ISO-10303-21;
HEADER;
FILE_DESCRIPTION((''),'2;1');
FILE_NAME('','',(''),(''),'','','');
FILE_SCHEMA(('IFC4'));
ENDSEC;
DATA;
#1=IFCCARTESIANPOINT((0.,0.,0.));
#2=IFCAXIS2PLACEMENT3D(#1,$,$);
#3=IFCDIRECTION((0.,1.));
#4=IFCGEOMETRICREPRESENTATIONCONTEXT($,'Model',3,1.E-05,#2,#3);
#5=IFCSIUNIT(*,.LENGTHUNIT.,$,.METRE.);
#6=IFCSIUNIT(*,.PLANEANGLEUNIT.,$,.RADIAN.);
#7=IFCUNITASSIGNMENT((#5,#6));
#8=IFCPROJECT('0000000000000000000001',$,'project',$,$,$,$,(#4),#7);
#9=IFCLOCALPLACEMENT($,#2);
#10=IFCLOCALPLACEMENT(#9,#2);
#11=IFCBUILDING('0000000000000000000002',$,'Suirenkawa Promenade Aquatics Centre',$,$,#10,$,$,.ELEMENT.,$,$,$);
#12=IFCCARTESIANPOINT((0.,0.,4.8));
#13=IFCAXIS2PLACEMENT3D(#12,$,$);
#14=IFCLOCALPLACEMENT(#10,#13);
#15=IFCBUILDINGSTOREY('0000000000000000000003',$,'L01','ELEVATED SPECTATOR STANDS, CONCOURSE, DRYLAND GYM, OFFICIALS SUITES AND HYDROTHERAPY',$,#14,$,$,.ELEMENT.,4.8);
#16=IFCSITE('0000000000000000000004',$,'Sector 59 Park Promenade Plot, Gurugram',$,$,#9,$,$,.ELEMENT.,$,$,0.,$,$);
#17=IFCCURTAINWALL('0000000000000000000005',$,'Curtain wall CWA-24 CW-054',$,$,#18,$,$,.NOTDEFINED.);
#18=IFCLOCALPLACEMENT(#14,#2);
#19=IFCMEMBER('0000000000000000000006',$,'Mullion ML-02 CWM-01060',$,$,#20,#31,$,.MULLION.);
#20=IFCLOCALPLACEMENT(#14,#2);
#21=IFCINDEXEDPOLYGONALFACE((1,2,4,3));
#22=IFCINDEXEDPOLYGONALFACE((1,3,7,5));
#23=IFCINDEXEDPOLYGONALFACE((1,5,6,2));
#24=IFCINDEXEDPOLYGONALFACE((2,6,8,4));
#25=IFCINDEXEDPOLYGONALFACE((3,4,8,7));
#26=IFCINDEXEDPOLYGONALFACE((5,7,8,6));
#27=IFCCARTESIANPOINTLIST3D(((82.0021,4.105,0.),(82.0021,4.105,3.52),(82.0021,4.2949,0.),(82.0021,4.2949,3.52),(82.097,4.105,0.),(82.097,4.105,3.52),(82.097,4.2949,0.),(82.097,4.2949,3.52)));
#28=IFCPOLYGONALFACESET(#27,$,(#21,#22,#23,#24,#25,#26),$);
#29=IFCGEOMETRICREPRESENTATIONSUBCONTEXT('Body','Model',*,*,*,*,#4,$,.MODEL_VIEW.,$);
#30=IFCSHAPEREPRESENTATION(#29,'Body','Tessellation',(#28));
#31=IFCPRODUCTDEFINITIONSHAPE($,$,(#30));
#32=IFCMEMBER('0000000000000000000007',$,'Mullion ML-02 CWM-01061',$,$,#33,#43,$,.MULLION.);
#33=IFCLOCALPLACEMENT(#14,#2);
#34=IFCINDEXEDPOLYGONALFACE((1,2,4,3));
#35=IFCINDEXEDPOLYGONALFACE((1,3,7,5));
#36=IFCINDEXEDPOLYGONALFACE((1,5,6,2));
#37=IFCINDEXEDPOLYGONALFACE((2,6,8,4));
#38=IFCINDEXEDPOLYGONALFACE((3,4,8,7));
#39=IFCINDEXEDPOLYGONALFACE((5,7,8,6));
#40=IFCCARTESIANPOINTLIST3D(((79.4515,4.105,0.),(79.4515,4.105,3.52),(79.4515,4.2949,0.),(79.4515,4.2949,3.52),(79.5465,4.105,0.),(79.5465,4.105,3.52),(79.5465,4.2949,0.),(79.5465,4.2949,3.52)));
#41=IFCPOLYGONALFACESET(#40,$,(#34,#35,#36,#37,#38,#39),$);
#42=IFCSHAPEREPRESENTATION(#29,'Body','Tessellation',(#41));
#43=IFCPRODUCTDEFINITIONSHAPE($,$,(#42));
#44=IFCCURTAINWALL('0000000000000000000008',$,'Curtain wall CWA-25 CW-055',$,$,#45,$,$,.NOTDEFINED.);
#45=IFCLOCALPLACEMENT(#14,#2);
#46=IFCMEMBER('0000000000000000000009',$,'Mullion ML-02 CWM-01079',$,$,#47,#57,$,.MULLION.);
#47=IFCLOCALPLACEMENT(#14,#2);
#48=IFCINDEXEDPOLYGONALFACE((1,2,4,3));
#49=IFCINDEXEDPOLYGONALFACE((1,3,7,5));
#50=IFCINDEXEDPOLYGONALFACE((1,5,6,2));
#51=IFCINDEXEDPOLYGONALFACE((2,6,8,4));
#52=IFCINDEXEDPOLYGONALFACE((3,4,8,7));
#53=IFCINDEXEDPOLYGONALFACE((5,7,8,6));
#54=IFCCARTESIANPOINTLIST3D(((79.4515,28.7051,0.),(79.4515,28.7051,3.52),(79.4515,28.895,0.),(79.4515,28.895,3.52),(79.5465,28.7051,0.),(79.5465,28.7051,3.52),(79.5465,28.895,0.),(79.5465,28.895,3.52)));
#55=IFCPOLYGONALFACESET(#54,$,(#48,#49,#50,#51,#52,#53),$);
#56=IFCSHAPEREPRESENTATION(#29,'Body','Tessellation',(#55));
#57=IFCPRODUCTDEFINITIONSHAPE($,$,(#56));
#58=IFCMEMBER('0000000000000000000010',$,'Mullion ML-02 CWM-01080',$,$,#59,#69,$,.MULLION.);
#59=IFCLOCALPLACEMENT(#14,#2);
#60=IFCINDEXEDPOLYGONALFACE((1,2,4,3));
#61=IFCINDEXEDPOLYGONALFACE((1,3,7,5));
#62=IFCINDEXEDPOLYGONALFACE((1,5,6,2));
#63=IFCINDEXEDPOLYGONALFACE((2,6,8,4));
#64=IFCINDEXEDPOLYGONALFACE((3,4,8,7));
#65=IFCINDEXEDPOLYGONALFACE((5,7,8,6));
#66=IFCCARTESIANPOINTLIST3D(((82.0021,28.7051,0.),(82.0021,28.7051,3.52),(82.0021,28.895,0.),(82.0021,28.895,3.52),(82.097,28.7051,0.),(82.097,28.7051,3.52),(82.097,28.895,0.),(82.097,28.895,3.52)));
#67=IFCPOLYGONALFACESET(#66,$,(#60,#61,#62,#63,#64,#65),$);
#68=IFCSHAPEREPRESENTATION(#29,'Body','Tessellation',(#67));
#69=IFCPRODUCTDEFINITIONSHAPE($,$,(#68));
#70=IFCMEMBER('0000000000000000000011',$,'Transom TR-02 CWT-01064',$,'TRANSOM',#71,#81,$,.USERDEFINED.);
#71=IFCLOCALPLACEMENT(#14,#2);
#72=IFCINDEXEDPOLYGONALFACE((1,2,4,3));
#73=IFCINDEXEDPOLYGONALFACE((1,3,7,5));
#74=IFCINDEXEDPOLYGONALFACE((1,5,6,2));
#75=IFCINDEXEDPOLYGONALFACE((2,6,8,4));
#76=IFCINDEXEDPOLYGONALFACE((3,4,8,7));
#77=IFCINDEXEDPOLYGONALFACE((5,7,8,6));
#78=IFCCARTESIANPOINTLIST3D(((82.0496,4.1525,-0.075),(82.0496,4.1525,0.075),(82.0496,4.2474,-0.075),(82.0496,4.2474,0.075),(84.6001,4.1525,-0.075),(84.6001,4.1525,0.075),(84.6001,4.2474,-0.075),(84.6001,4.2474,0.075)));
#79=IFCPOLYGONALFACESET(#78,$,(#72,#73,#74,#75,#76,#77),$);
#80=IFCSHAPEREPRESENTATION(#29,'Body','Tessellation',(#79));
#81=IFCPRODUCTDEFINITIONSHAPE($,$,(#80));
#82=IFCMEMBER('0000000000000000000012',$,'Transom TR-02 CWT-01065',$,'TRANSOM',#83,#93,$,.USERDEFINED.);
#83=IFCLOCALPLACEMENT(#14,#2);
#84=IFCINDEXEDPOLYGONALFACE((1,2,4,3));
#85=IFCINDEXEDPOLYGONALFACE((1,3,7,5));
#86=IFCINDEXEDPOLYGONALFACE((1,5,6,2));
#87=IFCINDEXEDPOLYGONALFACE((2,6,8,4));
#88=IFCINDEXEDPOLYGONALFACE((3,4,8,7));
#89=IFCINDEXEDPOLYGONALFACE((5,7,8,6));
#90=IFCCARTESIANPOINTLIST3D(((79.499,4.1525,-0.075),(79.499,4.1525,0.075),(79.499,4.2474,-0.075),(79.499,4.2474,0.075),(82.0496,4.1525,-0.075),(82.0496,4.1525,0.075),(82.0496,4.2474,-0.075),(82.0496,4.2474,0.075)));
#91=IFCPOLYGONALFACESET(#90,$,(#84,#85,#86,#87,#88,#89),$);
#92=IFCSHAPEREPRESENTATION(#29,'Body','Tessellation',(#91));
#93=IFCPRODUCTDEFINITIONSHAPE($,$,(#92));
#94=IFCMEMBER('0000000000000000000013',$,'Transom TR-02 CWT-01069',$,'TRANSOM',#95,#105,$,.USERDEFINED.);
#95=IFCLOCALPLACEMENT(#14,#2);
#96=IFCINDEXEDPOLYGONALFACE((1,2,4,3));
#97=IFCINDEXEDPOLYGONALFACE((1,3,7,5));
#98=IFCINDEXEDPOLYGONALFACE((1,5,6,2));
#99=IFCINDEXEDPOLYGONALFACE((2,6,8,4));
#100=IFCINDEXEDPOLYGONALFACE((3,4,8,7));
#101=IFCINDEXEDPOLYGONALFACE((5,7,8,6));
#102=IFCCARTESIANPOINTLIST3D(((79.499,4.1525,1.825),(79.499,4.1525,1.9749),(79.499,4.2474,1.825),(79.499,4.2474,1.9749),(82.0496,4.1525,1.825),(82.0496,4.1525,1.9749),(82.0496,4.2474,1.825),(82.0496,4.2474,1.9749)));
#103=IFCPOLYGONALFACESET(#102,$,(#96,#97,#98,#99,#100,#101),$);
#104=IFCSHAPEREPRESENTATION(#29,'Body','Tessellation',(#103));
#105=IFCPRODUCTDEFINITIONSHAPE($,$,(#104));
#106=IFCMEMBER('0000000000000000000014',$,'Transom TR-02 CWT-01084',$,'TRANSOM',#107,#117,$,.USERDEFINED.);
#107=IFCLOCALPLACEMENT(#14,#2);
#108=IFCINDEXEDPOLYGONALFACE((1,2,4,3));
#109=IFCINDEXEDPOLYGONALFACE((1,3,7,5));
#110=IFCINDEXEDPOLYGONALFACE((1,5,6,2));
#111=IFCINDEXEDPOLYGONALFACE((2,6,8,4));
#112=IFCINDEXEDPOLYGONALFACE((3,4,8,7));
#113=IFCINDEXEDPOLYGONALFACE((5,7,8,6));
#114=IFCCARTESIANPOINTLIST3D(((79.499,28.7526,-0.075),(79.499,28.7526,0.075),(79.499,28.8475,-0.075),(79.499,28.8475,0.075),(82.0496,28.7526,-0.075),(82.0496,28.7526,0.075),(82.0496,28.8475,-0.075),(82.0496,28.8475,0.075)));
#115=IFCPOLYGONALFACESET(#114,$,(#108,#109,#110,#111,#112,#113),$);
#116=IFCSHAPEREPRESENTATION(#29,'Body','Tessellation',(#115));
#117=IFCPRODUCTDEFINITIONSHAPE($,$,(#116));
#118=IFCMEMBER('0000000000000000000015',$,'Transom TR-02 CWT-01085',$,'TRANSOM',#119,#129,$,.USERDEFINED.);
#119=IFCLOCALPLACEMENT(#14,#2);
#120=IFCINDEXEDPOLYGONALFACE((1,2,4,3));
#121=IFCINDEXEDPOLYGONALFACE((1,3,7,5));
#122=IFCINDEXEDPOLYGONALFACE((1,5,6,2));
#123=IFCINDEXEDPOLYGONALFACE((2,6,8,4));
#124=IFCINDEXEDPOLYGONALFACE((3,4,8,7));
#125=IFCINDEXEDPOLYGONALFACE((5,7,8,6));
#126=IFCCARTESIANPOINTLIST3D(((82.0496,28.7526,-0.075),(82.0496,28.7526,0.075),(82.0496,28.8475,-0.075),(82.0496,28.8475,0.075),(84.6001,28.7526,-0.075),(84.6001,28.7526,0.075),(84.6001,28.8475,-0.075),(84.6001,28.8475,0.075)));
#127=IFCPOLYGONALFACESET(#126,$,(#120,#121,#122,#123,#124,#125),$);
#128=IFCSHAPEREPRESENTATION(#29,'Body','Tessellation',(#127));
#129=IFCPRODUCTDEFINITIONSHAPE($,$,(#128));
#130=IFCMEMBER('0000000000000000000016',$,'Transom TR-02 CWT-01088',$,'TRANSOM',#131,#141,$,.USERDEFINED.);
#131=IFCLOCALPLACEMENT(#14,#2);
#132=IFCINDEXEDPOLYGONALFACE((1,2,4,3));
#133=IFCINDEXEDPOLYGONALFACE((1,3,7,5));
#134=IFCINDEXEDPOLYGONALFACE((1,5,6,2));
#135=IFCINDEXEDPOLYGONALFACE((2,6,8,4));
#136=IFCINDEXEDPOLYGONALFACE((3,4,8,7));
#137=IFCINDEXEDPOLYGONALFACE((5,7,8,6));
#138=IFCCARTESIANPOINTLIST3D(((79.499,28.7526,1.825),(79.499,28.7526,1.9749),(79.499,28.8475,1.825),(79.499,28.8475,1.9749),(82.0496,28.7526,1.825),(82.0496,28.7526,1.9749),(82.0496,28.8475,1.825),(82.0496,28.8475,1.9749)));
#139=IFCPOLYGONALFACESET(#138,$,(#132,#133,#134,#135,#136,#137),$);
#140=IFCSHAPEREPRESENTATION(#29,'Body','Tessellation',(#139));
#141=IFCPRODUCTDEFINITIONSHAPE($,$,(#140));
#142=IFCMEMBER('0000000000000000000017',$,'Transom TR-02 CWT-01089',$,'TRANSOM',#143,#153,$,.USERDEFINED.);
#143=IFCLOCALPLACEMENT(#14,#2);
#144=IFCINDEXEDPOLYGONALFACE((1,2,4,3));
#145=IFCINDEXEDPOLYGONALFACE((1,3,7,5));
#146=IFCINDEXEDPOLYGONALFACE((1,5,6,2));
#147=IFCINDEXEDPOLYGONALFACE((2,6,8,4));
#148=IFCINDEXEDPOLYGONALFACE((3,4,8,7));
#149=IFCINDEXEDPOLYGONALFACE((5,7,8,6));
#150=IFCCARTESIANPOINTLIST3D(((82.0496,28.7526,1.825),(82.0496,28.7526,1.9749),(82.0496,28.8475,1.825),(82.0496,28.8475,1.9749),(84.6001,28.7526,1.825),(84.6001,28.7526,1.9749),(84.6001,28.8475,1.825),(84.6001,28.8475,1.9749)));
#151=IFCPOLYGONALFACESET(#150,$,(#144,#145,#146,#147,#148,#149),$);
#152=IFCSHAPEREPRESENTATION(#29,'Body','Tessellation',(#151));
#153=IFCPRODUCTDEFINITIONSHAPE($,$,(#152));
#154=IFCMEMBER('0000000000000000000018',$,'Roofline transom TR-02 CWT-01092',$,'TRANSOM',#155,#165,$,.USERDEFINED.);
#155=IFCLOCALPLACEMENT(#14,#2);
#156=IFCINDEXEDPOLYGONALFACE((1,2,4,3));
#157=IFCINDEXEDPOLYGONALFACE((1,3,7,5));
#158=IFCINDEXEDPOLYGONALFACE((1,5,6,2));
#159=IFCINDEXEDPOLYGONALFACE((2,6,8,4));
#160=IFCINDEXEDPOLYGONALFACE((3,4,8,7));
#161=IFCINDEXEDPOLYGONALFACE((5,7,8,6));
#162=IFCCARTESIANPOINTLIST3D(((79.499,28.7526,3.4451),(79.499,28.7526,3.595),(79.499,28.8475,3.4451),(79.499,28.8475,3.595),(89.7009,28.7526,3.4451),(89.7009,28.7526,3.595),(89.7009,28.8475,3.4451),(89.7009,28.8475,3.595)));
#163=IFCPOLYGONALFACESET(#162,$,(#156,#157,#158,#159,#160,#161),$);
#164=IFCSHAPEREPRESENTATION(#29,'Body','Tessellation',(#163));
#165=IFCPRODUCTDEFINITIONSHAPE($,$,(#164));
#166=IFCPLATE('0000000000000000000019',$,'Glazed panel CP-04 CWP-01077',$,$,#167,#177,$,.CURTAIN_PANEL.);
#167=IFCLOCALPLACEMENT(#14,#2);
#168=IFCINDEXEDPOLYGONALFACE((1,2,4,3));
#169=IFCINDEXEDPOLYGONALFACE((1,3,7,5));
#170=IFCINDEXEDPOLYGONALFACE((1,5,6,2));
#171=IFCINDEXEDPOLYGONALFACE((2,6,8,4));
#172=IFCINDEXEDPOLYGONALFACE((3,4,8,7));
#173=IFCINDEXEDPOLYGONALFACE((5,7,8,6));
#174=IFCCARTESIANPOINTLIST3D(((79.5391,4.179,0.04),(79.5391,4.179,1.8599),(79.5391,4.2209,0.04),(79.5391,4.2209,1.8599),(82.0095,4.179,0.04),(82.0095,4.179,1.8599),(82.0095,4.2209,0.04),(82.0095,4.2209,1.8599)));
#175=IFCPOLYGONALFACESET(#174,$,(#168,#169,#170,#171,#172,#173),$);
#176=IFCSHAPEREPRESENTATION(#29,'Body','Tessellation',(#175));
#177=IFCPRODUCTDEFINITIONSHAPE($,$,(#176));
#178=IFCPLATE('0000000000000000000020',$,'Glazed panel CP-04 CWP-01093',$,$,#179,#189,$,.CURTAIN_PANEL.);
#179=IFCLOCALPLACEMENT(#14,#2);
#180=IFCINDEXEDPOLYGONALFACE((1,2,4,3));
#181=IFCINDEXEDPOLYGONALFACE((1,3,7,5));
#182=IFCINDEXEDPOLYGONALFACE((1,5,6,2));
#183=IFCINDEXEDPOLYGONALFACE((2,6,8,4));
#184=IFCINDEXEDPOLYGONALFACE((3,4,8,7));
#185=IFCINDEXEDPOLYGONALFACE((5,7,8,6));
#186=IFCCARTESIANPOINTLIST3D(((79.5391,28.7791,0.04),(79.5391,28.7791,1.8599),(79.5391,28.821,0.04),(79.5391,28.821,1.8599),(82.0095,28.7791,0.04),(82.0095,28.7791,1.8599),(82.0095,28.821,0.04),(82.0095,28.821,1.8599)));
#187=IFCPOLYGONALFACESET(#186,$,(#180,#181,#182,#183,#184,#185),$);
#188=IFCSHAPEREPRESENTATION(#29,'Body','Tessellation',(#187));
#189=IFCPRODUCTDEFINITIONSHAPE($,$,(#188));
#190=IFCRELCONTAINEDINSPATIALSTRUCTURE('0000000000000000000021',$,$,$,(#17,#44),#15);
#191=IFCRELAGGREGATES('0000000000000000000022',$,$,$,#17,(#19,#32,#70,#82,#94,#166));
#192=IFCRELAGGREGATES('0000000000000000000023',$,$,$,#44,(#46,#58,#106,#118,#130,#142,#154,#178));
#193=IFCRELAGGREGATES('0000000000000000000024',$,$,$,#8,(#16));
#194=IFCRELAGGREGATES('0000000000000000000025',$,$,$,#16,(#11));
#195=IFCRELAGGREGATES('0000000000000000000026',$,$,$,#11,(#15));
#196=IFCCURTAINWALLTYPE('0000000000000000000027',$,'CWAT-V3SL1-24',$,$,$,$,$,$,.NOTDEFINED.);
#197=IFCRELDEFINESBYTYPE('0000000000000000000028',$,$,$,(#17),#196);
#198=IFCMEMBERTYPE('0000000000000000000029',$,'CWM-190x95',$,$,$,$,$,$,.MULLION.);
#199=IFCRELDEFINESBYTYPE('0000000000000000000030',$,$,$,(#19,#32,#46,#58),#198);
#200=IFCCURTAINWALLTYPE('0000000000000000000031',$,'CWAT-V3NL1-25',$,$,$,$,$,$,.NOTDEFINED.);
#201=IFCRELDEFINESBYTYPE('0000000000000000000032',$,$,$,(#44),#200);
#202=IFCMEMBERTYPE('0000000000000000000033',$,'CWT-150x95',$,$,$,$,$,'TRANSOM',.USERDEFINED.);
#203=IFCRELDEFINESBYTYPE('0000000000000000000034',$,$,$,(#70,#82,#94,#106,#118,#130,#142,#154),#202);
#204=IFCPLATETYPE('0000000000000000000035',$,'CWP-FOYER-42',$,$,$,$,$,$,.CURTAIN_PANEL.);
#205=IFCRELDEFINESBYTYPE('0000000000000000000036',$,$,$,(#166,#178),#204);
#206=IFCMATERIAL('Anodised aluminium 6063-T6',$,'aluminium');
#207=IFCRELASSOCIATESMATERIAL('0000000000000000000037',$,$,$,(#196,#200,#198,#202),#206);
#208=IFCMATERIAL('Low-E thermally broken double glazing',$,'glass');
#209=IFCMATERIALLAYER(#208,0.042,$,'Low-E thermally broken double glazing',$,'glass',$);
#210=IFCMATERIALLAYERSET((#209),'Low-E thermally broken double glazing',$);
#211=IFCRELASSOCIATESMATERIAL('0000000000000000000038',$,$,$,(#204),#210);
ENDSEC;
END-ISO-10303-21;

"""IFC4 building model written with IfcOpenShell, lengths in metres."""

from ifc_helpers import new_model, si_unit, direction, frame, origin, origin_2d, place, context, subcontext, project, spatial, polyline, rectangle, outline, extrude, material, layer, layer_set, material_profile, profile_set, type_object, element, aggregate, save


model = new_model("IFC4")

# Units and contexts
model_context = context("Model", 3, precision=1e-05, world=origin(), true_north=direction((0.0, 1.0)))
body_context = subcontext(model_context, "Body", "Model", "MODEL_VIEW")
ifc_project = project(units=[si_unit("LENGTHUNIT", "METRE"), si_unit("PLANEANGLEUNIT", "RADIAN")], contexts=[model_context])

# Site, building, storey
site_placement = place(None, origin())
site = spatial("IfcSite", under=ifc_project, at=site_placement, Name="Sector 59 Park Promenade Plot, Gurugram", CompositionType="ELEMENT", RefElevation=0.0)
building_placement = place(site_placement, origin())
building = spatial("IfcBuilding", under=site, at=building_placement, Name="Suirenkawa Promenade Aquatics Centre", CompositionType="ELEMENT")
storey_placement = place(building_placement, frame((0.0, 0.0, 4.8)))
storey = spatial("IfcBuildingStorey", under=building, at=storey_placement, Name="L01", Description="ELEVATED SPECTATOR STANDS, CONCOURSE, DRYLAND GYM, OFFICIALS SUITES AND HYDROTHERAPY", CompositionType="ELEMENT", Elevation=4.8)

# Curtain walls, members
ifc_material_1 = material(Name="Anodised aluminium 6063-T6", Category="aluminium")
curtain_wall_type_1 = type_object("IfcCurtainWallType", Name="CWAT-V3SL1-24", PredefinedType="NOTDEFINED", material=ifc_material_1)
curtain_wall_1_placement = place(storey_placement, origin())
curtain_wall_1 = element("IfcCurtainWall", 1, at=curtain_wall_1_placement, inside=storey, type_object=curtain_wall_type_1, Name="Curtain wall CWA-24 CW-054", PredefinedType="NOTDEFINED")
ifc_material_profile_1 = material_profile(ifc_material_1, rectangle(XDim=0.095, YDim=0.1899, at=origin_2d()), Name="ALU MULL 95x190", Category="aluminium")
ifc_profile_set_1 = profile_set([ifc_material_profile_1], Name="Anodised aluminium 6063-T6")
member_type_1 = type_object("IfcMemberType", Name="CWM-190x95", PredefinedType="MULLION", material=ifc_profile_set_1)
member_1_placement = place(storey_placement, frame((82.0496, 4.2, 0.0), z_axis=(0.0, 0.0, 1.0), x_axis=(-1.0, 0.0, 0.0)))
member_1 = element("IfcMember", 2, at=member_1_placement, type_object=member_type_1, Name="Mullion ML-02 CWM-01060", PredefinedType="MULLION", context=body_context, shape_type="SweptSolid", body=[
    extrude(rectangle(XDim=0.095, YDim=0.1899, at=origin_2d()), origin(), (0.0, 0.0, 1.0), 3.52),
])
member_2_placement = place(storey_placement, frame((79.499, 4.2, 0.0), z_axis=(0.0, 0.0, 1.0), x_axis=(-1.0, 0.0, 0.0)))
member_2 = element("IfcMember", 3, at=member_2_placement, type_object=member_type_1, Name="Mullion ML-02 CWM-01061", PredefinedType="MULLION", context=body_context, shape_type="SweptSolid", body=[
    extrude(rectangle(XDim=0.095, YDim=0.1899, at=origin_2d()), origin(), (0.0, 0.0, 1.0), 3.52),
])
curtain_wall_type_2 = type_object("IfcCurtainWallType", Name="CWAT-V3NL1-25", PredefinedType="NOTDEFINED", material=ifc_material_1)
curtain_wall_2_placement = place(storey_placement, origin())
curtain_wall_2 = element("IfcCurtainWall", 4, at=curtain_wall_2_placement, inside=storey, type_object=curtain_wall_type_2, Name="Curtain wall CWA-25 CW-055", PredefinedType="NOTDEFINED")
member_3_placement = place(storey_placement, frame((79.499, 28.8, 0.0), z_axis=(0.0, 0.0, 1.0), x_axis=(1.0, 0.0, 0.0)))
member_3 = element("IfcMember", 5, at=member_3_placement, type_object=member_type_1, Name="Mullion ML-02 CWM-01079", PredefinedType="MULLION", context=body_context, shape_type="SweptSolid", body=[
    extrude(rectangle(XDim=0.095, YDim=0.1899, at=origin_2d()), origin(), (0.0, 0.0, 1.0), 3.52),
])
member_4_placement = place(storey_placement, frame((82.0496, 28.8, 0.0), z_axis=(0.0, 0.0, 1.0), x_axis=(1.0, 0.0, 0.0)))
member_4 = element("IfcMember", 6, at=member_4_placement, type_object=member_type_1, Name="Mullion ML-02 CWM-01080", PredefinedType="MULLION", context=body_context, shape_type="SweptSolid", body=[
    extrude(rectangle(XDim=0.095, YDim=0.1899, at=origin_2d()), origin(), (0.0, 0.0, 1.0), 3.52),
])

# Members
ifc_material_profile_2 = material_profile(ifc_material_1, rectangle(XDim=0.095, YDim=0.1499, at=origin_2d()), Name="ALU TRAN 95x150", Category="aluminium")
ifc_profile_set_2 = profile_set([ifc_material_profile_2], Name="Anodised aluminium 6063-T6")
member_type_2 = type_object("IfcMemberType", Name="CWT-150x95", ElementType="TRANSOM", PredefinedType="USERDEFINED", material=ifc_profile_set_2)
member_5_placement = place(storey_placement, frame((84.6001, 4.2, 0.0), z_axis=(-1.0, 0.0, 0.0), x_axis=(0.0, -1.0, 0.0)))
member_5 = element("IfcMember", 7, at=member_5_placement, type_object=member_type_2, Name="Transom TR-02 CWT-01064", ObjectType="TRANSOM", PredefinedType="USERDEFINED", context=body_context, shape_type="SweptSolid", body=[
    extrude(rectangle(XDim=0.095, YDim=0.1499, at=origin_2d()), origin(), (0.0, 0.0, 1.0), 2.5505),
])
member_6_placement = place(storey_placement, frame((82.0496, 4.2, 0.0), z_axis=(-1.0, 0.0, 0.0), x_axis=(0.0, -1.0, 0.0)))
member_6 = element("IfcMember", 8, at=member_6_placement, type_object=member_type_2, Name="Transom TR-02 CWT-01065", ObjectType="TRANSOM", PredefinedType="USERDEFINED", context=body_context, shape_type="SweptSolid", body=[
    extrude(rectangle(XDim=0.095, YDim=0.1499, at=origin_2d()), origin(), (0.0, 0.0, 1.0), 2.5505),
])
member_7_placement = place(storey_placement, frame((82.0496, 4.2, 1.8999), z_axis=(-1.0, 0.0, 0.0), x_axis=(0.0, -1.0, 0.0)))
member_7 = element("IfcMember", 9, at=member_7_placement, type_object=member_type_2, Name="Transom TR-02 CWT-01069", ObjectType="TRANSOM", PredefinedType="USERDEFINED", context=body_context, shape_type="SweptSolid", body=[
    extrude(rectangle(XDim=0.095, YDim=0.1499, at=origin_2d()), origin(), (0.0, 0.0, 1.0), 2.5505),
])
member_8_placement = place(storey_placement, frame((79.499, 28.8, 0.0), z_axis=(1.0, 0.0, 0.0), x_axis=(0.0, 1.0, 0.0)))
member_8 = element("IfcMember", 10, at=member_8_placement, type_object=member_type_2, Name="Transom TR-02 CWT-01084", ObjectType="TRANSOM", PredefinedType="USERDEFINED", context=body_context, shape_type="SweptSolid", body=[
    extrude(rectangle(XDim=0.095, YDim=0.1499, at=origin_2d()), origin(), (0.0, 0.0, 1.0), 2.5505),
])
member_9_placement = place(storey_placement, frame((82.0496, 28.8, 0.0), z_axis=(1.0, 0.0, 0.0), x_axis=(0.0, 1.0, 0.0)))
member_9 = element("IfcMember", 11, at=member_9_placement, type_object=member_type_2, Name="Transom TR-02 CWT-01085", ObjectType="TRANSOM", PredefinedType="USERDEFINED", context=body_context, shape_type="SweptSolid", body=[
    extrude(rectangle(XDim=0.095, YDim=0.1499, at=origin_2d()), origin(), (0.0, 0.0, 1.0), 2.5505),
])
member_10_placement = place(storey_placement, frame((79.499, 28.8, 1.8999), z_axis=(1.0, 0.0, 0.0), x_axis=(0.0, 1.0, 0.0)))
member_10 = element("IfcMember", 12, at=member_10_placement, type_object=member_type_2, Name="Transom TR-02 CWT-01088", ObjectType="TRANSOM", PredefinedType="USERDEFINED", context=body_context, shape_type="SweptSolid", body=[
    extrude(rectangle(XDim=0.095, YDim=0.1499, at=origin_2d()), origin(), (0.0, 0.0, 1.0), 2.5505),
])
member_11_placement = place(storey_placement, frame((82.0496, 28.8, 1.8999), z_axis=(1.0, 0.0, 0.0), x_axis=(0.0, 1.0, 0.0)))
member_11 = element("IfcMember", 13, at=member_11_placement, type_object=member_type_2, Name="Transom TR-02 CWT-01089", ObjectType="TRANSOM", PredefinedType="USERDEFINED", context=body_context, shape_type="SweptSolid", body=[
    extrude(rectangle(XDim=0.095, YDim=0.1499, at=origin_2d()), origin(), (0.0, 0.0, 1.0), 2.5505),
])
member_12_placement = place(storey_placement, frame((79.499, 28.8, 3.52), z_axis=(1.0, 0.0, 0.0), x_axis=(0.0, 1.0, 0.0)))
member_12 = element("IfcMember", 14, at=member_12_placement, type_object=member_type_2, Name="Roofline transom TR-02 CWT-01092", ObjectType="TRANSOM", PredefinedType="USERDEFINED", context=body_context, shape_type="SweptSolid", body=[
    extrude(rectangle(XDim=0.095, YDim=0.1499, at=origin_2d()), origin(), (0.0, 0.0, 1.0), 10.2019),
])

# Plates
ifc_material_2 = material(Name="Low-E thermally broken double glazing", Category="glass")
ifc_layer_1 = layer(ifc_material_2, 0.042, Name="Low-E thermally broken double glazing", Category="glass")
ifc_layer_set_1 = layer_set([ifc_layer_1], Name="Low-E thermally broken double glazing")
plate_type_1 = type_object("IfcPlateType", Name="CWP-FOYER-42", PredefinedType="CURTAIN_PANEL", material=ifc_layer_set_1)
plate_1_placement = place(storey_placement, frame((82.0496, 4.2, 0.04), z_axis=(0.0, 0.0, 1.0), x_axis=(-1.0, 0.0, 0.0)))
plate_1 = element("IfcPlate", 15, at=plate_1_placement, type_object=plate_type_1, Name="Glazed panel CP-04 CWP-01077", PredefinedType="CURTAIN_PANEL", context=body_context, shape_type="SweptSolid", body=[
    extrude(outline(polyline([(0.04, 0.0), (2.5105, 0.0), (2.5105, 1.8198), (0.04, 1.8198), (0.04, 0.0)])), frame((0.0, 0.021, 0.0), z_axis=(0.0, -1.0, 0.0), x_axis=(1.0, 0.0, 0.0)), (0.0, 0.0, 1.0), 0.042),
])
aggregate(curtain_wall_1, [member_1, member_2, member_5, member_6, member_7, plate_1])
plate_2_placement = place(storey_placement, frame((79.499, 28.8, 0.04), z_axis=(0.0, 0.0, 1.0), x_axis=(1.0, 0.0, 0.0)))
plate_2 = element("IfcPlate", 16, at=plate_2_placement, type_object=plate_type_1, Name="Glazed panel CP-04 CWP-01093", PredefinedType="CURTAIN_PANEL", context=body_context, shape_type="SweptSolid", body=[
    extrude(outline(polyline([(0.04, 0.0), (2.5105, 0.0), (2.5105, 1.8198), (0.04, 1.8198), (0.04, 0.0)])), frame((0.0, 0.021, 0.0), z_axis=(0.0, -1.0, 0.0), x_axis=(1.0, 0.0, 0.0)), (0.0, 0.0, 1.0), 0.042),
])
aggregate(curtain_wall_2, [member_3, member_4, member_8, member_9, member_10, member_11, member_12, plate_2])

save(model, "model.ifc")
